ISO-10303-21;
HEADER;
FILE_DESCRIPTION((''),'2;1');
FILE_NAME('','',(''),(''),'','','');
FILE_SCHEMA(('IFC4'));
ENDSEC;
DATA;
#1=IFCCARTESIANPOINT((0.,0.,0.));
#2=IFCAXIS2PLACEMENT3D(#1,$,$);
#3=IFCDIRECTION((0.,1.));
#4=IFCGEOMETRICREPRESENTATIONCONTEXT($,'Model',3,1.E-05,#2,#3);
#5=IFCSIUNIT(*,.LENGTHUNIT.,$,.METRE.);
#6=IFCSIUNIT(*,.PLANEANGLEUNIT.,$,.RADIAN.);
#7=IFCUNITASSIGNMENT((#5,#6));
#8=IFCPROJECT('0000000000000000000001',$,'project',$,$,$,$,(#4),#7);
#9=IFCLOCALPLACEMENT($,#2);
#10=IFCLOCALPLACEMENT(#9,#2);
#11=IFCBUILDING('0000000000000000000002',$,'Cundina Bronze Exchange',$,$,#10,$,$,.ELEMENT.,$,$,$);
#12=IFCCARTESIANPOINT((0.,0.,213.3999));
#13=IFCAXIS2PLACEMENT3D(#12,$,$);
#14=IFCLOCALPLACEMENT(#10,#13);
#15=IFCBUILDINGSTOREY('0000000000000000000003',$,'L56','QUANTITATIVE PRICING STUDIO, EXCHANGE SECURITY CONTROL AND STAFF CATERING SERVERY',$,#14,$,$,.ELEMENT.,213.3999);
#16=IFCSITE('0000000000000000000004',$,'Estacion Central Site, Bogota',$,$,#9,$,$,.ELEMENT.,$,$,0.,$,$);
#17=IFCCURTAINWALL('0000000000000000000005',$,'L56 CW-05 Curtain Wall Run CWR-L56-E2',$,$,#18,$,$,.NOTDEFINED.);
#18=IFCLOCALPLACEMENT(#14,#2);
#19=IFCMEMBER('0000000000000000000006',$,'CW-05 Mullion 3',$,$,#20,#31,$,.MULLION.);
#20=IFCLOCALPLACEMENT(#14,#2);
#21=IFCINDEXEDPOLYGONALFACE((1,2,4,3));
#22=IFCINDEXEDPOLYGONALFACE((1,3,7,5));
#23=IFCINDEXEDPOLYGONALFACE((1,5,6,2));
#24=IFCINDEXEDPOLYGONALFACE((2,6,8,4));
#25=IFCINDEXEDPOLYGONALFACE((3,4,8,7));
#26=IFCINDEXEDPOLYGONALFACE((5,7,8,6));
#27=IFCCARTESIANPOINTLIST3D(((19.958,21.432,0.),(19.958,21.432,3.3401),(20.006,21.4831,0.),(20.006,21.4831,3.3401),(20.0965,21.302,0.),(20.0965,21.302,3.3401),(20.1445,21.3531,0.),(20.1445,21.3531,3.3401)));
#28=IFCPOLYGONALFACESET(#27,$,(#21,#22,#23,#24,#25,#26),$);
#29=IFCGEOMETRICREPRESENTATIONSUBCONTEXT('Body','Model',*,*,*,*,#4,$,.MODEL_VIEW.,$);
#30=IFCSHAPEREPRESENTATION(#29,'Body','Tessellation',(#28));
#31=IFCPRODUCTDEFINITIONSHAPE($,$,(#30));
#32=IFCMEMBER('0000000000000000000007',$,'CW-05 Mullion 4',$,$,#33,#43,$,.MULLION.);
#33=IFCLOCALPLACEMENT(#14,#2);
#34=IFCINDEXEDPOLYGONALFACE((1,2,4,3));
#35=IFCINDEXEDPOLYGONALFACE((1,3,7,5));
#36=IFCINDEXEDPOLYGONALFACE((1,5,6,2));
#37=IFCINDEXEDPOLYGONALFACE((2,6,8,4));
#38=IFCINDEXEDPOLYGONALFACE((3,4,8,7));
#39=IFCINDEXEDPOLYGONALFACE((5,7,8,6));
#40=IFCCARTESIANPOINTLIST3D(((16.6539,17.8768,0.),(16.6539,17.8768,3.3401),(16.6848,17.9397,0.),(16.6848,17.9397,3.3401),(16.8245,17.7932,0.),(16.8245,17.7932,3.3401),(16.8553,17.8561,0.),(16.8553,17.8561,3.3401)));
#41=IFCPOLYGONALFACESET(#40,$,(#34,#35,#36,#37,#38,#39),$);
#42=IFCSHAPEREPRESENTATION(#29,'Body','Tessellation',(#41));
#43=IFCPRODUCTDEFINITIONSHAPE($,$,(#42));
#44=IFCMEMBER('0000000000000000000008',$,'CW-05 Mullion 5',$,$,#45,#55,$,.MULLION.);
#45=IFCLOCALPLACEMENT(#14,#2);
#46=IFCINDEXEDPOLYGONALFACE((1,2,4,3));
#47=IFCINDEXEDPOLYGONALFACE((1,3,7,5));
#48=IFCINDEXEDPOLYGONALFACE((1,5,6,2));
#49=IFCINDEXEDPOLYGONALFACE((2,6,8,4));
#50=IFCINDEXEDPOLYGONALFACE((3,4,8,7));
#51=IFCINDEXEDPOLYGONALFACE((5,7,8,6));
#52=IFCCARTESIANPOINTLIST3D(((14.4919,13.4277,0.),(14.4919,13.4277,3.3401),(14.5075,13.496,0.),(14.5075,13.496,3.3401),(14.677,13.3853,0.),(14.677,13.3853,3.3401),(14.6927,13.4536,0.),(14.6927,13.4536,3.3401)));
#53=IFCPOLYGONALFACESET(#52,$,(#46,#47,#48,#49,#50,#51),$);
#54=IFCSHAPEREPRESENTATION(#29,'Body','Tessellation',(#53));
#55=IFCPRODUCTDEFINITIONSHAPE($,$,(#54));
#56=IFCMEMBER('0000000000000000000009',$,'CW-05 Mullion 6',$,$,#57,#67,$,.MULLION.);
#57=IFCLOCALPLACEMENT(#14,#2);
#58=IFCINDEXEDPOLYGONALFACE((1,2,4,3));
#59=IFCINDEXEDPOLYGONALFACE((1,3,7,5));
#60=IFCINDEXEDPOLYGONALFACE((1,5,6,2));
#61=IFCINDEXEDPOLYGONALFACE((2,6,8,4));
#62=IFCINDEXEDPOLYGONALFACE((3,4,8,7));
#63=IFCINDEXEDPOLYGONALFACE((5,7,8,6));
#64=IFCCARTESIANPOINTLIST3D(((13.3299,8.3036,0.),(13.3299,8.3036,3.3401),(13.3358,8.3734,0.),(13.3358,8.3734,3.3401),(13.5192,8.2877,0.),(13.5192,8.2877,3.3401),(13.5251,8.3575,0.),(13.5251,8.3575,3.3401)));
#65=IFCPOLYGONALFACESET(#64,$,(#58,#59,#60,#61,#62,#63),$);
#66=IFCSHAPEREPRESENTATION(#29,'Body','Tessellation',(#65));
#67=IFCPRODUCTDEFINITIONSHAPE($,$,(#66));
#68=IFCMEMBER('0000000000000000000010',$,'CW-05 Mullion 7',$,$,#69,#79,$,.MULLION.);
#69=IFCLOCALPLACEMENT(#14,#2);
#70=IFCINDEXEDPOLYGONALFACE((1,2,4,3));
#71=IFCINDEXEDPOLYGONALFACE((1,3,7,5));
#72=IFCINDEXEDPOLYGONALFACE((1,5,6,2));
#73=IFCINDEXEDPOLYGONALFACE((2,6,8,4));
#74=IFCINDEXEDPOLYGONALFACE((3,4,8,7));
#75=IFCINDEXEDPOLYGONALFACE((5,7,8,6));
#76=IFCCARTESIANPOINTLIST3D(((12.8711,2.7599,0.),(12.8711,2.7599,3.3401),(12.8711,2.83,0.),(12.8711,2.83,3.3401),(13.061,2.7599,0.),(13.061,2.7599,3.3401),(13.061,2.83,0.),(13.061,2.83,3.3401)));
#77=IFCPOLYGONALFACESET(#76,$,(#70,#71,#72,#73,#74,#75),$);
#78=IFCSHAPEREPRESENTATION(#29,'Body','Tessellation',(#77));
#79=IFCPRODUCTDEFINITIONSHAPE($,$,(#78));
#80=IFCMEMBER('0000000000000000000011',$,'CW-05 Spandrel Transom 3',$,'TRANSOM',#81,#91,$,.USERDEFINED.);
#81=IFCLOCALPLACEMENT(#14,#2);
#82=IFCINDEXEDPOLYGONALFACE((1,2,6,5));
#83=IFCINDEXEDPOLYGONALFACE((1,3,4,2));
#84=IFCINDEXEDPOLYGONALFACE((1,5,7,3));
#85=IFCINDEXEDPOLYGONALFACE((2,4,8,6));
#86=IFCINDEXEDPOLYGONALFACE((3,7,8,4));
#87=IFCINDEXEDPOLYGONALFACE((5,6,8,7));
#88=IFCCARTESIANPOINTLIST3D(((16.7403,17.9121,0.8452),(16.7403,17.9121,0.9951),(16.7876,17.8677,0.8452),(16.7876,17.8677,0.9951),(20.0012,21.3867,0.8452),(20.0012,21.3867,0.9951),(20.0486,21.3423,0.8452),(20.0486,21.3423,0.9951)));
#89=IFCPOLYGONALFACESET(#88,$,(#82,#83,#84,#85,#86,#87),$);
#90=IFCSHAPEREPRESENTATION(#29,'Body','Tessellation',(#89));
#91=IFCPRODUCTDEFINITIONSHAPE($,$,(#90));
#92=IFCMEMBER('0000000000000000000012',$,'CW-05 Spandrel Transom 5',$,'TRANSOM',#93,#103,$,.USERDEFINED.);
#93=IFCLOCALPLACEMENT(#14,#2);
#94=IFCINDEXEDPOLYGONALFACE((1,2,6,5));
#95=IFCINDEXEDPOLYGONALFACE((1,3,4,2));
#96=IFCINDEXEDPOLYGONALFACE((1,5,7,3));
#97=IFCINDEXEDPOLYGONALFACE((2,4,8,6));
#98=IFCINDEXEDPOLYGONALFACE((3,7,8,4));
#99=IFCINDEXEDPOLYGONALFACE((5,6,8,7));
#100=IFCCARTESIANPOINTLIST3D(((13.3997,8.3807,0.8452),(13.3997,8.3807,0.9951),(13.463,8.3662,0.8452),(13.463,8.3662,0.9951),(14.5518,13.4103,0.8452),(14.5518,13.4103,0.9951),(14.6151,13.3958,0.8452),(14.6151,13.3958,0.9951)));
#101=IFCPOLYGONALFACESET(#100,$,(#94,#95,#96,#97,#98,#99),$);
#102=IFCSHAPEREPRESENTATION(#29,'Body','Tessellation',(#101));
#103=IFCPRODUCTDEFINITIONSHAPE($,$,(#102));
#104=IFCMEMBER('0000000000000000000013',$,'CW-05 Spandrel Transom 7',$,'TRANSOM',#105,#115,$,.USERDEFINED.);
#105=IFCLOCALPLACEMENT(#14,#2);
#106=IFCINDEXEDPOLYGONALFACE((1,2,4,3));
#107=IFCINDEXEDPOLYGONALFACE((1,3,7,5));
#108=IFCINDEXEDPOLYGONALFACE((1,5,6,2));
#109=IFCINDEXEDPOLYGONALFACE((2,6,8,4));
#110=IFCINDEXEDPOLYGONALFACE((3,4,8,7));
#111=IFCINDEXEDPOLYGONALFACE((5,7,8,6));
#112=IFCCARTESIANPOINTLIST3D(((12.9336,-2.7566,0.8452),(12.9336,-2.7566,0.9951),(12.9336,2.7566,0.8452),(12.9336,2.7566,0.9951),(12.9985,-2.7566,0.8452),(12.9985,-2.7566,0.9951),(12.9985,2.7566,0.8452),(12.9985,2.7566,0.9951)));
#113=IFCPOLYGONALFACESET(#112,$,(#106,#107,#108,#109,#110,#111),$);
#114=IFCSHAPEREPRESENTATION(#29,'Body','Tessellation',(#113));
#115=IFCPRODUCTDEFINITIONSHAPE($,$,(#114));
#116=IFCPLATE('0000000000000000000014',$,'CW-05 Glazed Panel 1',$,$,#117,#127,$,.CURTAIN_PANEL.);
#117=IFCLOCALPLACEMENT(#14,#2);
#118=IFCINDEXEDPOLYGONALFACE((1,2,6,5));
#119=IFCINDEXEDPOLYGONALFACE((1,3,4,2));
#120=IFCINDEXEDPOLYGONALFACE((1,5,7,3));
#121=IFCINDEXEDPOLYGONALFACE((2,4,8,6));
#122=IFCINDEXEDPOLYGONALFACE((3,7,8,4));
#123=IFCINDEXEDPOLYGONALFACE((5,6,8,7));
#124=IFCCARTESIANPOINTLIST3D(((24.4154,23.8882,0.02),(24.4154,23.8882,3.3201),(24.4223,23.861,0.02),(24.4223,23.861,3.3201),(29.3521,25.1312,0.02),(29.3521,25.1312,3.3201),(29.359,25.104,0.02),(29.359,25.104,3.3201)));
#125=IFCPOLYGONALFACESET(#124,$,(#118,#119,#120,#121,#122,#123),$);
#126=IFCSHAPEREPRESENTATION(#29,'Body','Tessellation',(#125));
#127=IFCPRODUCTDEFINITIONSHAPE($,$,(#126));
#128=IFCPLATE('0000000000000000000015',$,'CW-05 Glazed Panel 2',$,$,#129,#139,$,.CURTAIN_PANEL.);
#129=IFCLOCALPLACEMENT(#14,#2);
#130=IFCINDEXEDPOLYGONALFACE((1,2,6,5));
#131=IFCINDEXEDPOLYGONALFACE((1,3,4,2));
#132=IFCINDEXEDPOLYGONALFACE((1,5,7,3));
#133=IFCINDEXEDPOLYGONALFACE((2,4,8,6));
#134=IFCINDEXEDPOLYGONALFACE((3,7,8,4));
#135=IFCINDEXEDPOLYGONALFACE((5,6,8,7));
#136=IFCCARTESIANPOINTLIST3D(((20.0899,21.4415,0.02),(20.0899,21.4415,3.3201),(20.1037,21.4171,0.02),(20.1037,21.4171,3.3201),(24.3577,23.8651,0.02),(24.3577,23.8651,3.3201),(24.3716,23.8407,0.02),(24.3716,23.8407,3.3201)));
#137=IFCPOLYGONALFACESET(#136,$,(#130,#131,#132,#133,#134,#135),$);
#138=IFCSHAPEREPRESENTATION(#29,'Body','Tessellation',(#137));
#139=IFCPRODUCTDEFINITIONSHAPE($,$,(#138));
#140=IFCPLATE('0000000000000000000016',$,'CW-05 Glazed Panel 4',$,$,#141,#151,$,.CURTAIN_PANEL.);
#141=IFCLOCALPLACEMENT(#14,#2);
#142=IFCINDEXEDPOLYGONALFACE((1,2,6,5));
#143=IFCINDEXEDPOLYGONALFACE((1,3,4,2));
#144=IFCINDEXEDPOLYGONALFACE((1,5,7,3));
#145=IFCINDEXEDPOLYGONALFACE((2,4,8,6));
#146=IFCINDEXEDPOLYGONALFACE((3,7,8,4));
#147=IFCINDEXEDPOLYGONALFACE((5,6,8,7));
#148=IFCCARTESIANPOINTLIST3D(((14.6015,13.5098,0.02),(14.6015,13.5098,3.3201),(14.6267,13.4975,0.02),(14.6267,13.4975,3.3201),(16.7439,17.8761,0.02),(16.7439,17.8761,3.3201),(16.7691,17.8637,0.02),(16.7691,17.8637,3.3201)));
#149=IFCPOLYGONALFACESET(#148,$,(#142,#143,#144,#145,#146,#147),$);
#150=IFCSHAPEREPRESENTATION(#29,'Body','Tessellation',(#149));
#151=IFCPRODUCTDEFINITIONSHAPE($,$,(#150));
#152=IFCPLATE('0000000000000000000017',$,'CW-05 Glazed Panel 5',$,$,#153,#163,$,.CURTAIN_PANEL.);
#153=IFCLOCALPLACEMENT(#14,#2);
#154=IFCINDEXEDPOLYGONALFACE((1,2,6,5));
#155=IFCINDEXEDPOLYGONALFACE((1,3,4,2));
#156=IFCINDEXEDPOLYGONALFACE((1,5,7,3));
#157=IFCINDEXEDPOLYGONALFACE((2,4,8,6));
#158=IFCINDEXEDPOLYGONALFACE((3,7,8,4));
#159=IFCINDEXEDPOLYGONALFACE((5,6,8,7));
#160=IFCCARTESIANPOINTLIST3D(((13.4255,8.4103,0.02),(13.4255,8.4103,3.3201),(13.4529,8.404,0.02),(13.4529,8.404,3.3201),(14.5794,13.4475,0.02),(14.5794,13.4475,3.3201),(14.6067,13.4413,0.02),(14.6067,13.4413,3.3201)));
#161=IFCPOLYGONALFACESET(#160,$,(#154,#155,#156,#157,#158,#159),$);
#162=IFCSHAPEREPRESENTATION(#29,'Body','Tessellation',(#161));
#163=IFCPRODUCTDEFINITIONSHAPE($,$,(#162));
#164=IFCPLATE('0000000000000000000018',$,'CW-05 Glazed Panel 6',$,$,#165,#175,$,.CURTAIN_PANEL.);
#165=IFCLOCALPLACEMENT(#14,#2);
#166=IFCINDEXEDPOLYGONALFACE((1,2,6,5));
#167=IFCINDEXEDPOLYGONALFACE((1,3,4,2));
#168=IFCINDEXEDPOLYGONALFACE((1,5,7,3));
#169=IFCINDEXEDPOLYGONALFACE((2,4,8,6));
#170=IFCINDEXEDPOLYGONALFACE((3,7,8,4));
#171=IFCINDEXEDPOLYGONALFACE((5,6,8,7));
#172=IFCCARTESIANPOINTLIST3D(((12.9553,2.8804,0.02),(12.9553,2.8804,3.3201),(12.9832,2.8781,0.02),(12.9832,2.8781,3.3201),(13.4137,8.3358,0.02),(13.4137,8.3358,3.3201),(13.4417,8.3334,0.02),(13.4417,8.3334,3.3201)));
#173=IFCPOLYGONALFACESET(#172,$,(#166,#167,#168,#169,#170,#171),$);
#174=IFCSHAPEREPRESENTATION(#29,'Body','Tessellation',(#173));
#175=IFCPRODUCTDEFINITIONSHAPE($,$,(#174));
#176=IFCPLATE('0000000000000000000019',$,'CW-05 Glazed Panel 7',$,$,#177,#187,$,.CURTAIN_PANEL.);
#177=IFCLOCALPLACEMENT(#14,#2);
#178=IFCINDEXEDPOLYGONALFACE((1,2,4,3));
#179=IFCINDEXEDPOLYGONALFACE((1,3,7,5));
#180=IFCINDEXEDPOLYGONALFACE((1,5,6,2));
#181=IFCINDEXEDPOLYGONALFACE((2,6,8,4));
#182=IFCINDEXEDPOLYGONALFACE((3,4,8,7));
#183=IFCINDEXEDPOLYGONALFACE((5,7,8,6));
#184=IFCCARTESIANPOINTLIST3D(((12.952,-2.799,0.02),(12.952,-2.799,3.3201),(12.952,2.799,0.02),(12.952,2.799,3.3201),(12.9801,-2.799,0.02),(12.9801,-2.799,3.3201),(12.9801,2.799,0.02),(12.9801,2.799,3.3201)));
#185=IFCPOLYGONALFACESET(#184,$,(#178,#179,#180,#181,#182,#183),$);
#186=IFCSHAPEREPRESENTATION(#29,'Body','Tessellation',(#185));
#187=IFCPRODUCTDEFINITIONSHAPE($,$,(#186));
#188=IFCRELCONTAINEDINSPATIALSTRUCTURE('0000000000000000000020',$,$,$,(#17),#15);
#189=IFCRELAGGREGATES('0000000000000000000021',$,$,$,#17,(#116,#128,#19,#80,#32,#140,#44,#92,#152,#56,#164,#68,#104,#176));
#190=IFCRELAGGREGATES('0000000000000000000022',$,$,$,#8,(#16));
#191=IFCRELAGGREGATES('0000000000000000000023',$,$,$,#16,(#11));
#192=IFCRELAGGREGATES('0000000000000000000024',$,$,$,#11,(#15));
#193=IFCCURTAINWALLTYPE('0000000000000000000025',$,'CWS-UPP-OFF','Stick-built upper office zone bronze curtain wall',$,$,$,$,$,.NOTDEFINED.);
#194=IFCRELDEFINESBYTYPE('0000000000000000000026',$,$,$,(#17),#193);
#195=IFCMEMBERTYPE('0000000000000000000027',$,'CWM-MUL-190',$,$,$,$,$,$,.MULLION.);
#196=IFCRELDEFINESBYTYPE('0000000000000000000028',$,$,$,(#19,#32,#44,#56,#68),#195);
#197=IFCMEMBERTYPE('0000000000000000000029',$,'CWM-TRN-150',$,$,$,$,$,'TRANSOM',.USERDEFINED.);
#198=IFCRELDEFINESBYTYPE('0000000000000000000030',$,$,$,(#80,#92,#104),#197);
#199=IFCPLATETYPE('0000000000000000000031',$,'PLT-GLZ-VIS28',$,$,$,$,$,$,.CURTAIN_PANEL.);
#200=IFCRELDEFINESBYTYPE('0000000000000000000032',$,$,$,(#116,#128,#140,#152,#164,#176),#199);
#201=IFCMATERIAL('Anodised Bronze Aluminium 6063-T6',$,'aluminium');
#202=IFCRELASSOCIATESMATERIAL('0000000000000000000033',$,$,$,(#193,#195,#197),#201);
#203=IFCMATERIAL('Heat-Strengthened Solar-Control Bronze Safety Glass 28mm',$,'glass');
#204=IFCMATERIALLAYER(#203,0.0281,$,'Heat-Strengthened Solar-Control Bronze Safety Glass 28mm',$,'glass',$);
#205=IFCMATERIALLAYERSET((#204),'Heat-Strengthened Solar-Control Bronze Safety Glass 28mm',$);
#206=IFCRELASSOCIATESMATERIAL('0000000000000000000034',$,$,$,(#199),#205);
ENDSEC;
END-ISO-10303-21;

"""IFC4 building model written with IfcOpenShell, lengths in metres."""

from ifc_helpers import new_model, si_unit, direction, frame, origin, origin_2d, place, context, subcontext, project, spatial, rectangle, extrude, material, layer, layer_set, material_profile, profile_set, type_object, element, aggregate, save


model = new_model("IFC4")

# Units and contexts
model_context = context("Model", 3, precision=1e-05, world=origin(), true_north=direction((0.0, 1.0)))
body_context = subcontext(model_context, "Body", "Model", "MODEL_VIEW")
ifc_project = project(units=[si_unit("LENGTHUNIT", "METRE"), si_unit("PLANEANGLEUNIT", "RADIAN")], contexts=[model_context])

# Site, building, storey
site_placement = place(None, origin())
site = spatial("IfcSite", under=ifc_project, at=site_placement, Name="Estacion Central Site, Bogota", CompositionType="ELEMENT", RefElevation=0.0)
building_placement = place(site_placement, origin())
building = spatial("IfcBuilding", under=site, at=building_placement, Name="Cundina Bronze Exchange", CompositionType="ELEMENT")
storey_placement = place(building_placement, frame((0.0, 0.0, 213.3999)))
storey = spatial("IfcBuildingStorey", under=building, at=storey_placement, Name="L56", Description="QUANTITATIVE PRICING STUDIO, EXCHANGE SECURITY CONTROL AND STAFF CATERING SERVERY", CompositionType="ELEMENT", Elevation=213.3999)

# Curtain wall, members, plates
ifc_material_1 = material(Name="Anodised Bronze Aluminium 6063-T6", Category="aluminium")
curtain_wall_type = type_object("IfcCurtainWallType", Name="CWS-UPP-OFF", Description="Stick-built upper office zone bronze curtain wall", PredefinedType="NOTDEFINED", material=ifc_material_1)
curtain_wall_placement = place(storey_placement, origin())
curtain_wall = element("IfcCurtainWall", 1, at=curtain_wall_placement, inside=storey, type_object=curtain_wall_type, Name="L56 CW-05 Curtain Wall Run CWR-L56-E2", PredefinedType="NOTDEFINED")
ifc_material_profile_1 = material_profile(ifc_material_1, rectangle(XDim=0.0701, YDim=0.1899, at=origin_2d()), Name="AL70X190", Category="aluminium")
ifc_profile_set_1 = profile_set([ifc_material_profile_1], Name="Anodised Bronze Aluminium 6063-T6")
member_type_1 = type_object("IfcMemberType", Name="CWM-MUL-190", PredefinedType="MULLION", material=ifc_profile_set_1)
member_1_placement = place(storey_placement, frame((20.0513, 21.3926, 0.0), z_axis=(0.0, 0.0, 1.0), x_axis=(-0.684293, -0.729208, 0.0)))
member_1 = element("IfcMember", 2, at=member_1_placement, type_object=member_type_1, Name="CW-05 Mullion 3", PredefinedType="MULLION", context=body_context, shape_type="SweptSolid", body=[
    extrude(rectangle(XDim=0.0701, YDim=0.1899, at=origin_2d()), origin(), (0.0, 0.0, 1.0), 3.3401),
])
member_2_placement = place(storey_placement, frame((16.7546, 17.8665, 0.0), z_axis=(0.0, 0.0, 1.0), x_axis=(-0.440566, -0.89772, 0.0)))
member_2 = element("IfcMember", 3, at=member_2_placement, type_object=member_type_1, Name="CW-05 Mullion 4", PredefinedType="MULLION", context=body_context, shape_type="SweptSolid", body=[
    extrude(rectangle(XDim=0.0701, YDim=0.1899, at=origin_2d()), origin(), (0.0, 0.0, 1.0), 3.3401),
])
member_3_placement = place(storey_placement, frame((14.5923, 13.4407, 0.0), z_axis=(0.0, 0.0, 1.0), x_axis=(-0.22325, -0.974761, 0.0)))
member_3 = element("IfcMember", 4, at=member_3_placement, type_object=member_type_1, Name="CW-05 Mullion 5", PredefinedType="MULLION", context=body_context, shape_type="SweptSolid", body=[
    extrude(rectangle(XDim=0.0701, YDim=0.1899, at=origin_2d()), origin(), (0.0, 0.0, 1.0), 3.3401),
])
member_4_placement = place(storey_placement, frame((13.4275, 8.3306, 0.0), z_axis=(0.0, 0.0, 1.0), x_axis=(-0.083678, -0.996493, 0.0)))
member_4 = element("IfcMember", 5, at=member_4_placement, type_object=member_type_1, Name="CW-05 Mullion 6", PredefinedType="MULLION", context=body_context, shape_type="SweptSolid", body=[
    extrude(rectangle(XDim=0.0701, YDim=0.1899, at=origin_2d()), origin(), (0.0, 0.0, 1.0), 3.3401),
])
member_5_placement = place(storey_placement, frame((12.9661, 2.7949, 0.0), z_axis=(0.0, 0.0, 1.0), x_axis=(0.0, -1.0, 0.0)))
member_5 = element("IfcMember", 6, at=member_5_placement, type_object=member_type_1, Name="CW-05 Mullion 7", PredefinedType="MULLION", context=body_context, shape_type="SweptSolid", body=[
    extrude(rectangle(XDim=0.0701, YDim=0.1899, at=origin_2d()), origin(), (0.0, 0.0, 1.0), 3.3401),
])
ifc_material_profile_2 = material_profile(ifc_material_1, rectangle(XDim=0.0649, YDim=0.1499, at=origin_2d()), Name="AL65X150", Category="aluminium")
ifc_profile_set_2 = profile_set([ifc_material_profile_2], Name="Anodised Bronze Aluminium 6063-T6")
member_type_2 = type_object("IfcMemberType", Name="CWM-TRN-150", ElementType="TRANSOM", PredefinedType="USERDEFINED", material=ifc_profile_set_2)
member_6_placement = place(storey_placement, frame((20.0249, 21.3645, 0.9202), z_axis=(-0.684336, -0.729166, 0.0), x_axis=(0.729166, -0.684336, 0.0)))
member_6 = element("IfcMember", 7, at=member_6_placement, type_object=member_type_2, Name="CW-05 Spandrel Transom 3", ObjectType="TRANSOM", PredefinedType="USERDEFINED", context=body_context, shape_type="SweptSolid", body=[
    extrude(rectangle(XDim=0.0649, YDim=0.1499, at=origin_2d()), origin(), (0.0, 0.0, 1.0), 4.7651),
])
member_7_placement = place(storey_placement, frame((14.5835, 13.4031, 0.9202), z_axis=(-0.223283, -0.974754, 0.0), x_axis=(0.974754, -0.223283, 0.0)))
member_7 = element("IfcMember", 8, at=member_7_placement, type_object=member_type_2, Name="CW-05 Spandrel Transom 5", ObjectType="TRANSOM", PredefinedType="USERDEFINED", context=body_context, shape_type="SweptSolid", body=[
    extrude(rectangle(XDim=0.0649, YDim=0.1499, at=origin_2d()), origin(), (0.0, 0.0, 1.0), 5.1599),
])
member_8_placement = place(storey_placement, frame((12.9661, 2.7566, 0.9202), z_axis=(0.0, -1.0, 0.0), x_axis=(1.0, 0.0, 0.0)))
member_8 = element("IfcMember", 9, at=member_8_placement, type_object=member_type_2, Name="CW-05 Spandrel Transom 7", ObjectType="TRANSOM", PredefinedType="USERDEFINED", context=body_context, shape_type="SweptSolid", body=[
    extrude(rectangle(XDim=0.0649, YDim=0.1499, at=origin_2d()), origin(), (0.0, 0.0, 1.0), 5.5132),
])
ifc_material_2 = material(Name="Heat-Strengthened Solar-Control Bronze Safety Glass 28mm", Category="glass")
ifc_layer_1 = layer(ifc_material_2, 0.0281, Name="Heat-Strengthened Solar-Control Bronze Safety Glass 28mm", Category="glass")
ifc_layer_set_1 = layer_set([ifc_layer_1], Name="Heat-Strengthened Solar-Control Bronze Safety Glass 28mm")
plate_type_1 = type_object("IfcPlateType", Name="PLT-GLZ-VIS28", PredefinedType="CURTAIN_PANEL", material=ifc_layer_set_1)
plate_1_placement = place(storey_placement, frame((26.8872, 24.4961, 0.02), z_axis=(0.0, 0.0, 1.0), x_axis=(-0.969732, -0.244174, 0.0)))
plate_1 = element("IfcPlate", 10, at=plate_1_placement, type_object=plate_type_1, Name="CW-05 Glazed Panel 1", PredefinedType="CURTAIN_PANEL", context=body_context, shape_type="SweptSolid", body=[
    extrude(rectangle(XDim=5.0908, YDim=0.0281, at=origin_2d()), origin(), (0.0, 0.0, 1.0), 3.3),
])
plate_2_placement = place(storey_placement, frame((22.2307, 22.6411, 0.02), z_axis=(0.0, 0.0, 1.0), x_axis=(-0.869573, -0.493805, 0.0)))
plate_2 = element("IfcPlate", 11, at=plate_2_placement, type_object=plate_type_1, Name="CW-05 Glazed Panel 2", PredefinedType="CURTAIN_PANEL", context=body_context, shape_type="SweptSolid", body=[
    extrude(rectangle(XDim=4.908, YDim=0.0281, at=origin_2d()), origin(), (0.0, 0.0, 1.0), 3.3),
])
plate_3_placement = place(storey_placement, frame((15.6853, 15.6868, 0.02), z_axis=(0.0, 0.0, 1.0), x_axis=(-0.440503, -0.897751, 0.0)))
plate_3 = element("IfcPlate", 12, at=plate_3_placement, type_object=plate_type_1, Name="CW-05 Glazed Panel 4", PredefinedType="CURTAIN_PANEL", context=body_context, shape_type="SweptSolid", body=[
    extrude(rectangle(XDim=4.8635, YDim=0.0281, at=origin_2d()), origin(), (0.0, 0.0, 1.0), 3.3),
])
plate_4_placement = place(storey_placement, frame((14.0161, 10.9258, 0.02), z_axis=(0.0, 0.0, 1.0), x_axis=(-0.223284, -0.974753, 0.0)))
plate_4 = element("IfcPlate", 13, at=plate_4_placement, type_object=plate_type_1, Name="CW-05 Glazed Panel 5", PredefinedType="CURTAIN_PANEL", context=body_context, shape_type="SweptSolid", body=[
    extrude(rectangle(XDim=5.1677, YDim=0.0281, at=origin_2d()), origin(), (0.0, 0.0, 1.0), 3.3),
])
plate_5_placement = place(storey_placement, frame((13.1985, 5.6069, 0.02), z_axis=(0.0, 0.0, 1.0), x_axis=(-0.083747, -0.996487, 0.0)))
plate_5 = element("IfcPlate", 14, at=plate_5_placement, type_object=plate_type_1, Name="CW-05 Glazed Panel 6", PredefinedType="CURTAIN_PANEL", context=body_context, shape_type="SweptSolid", body=[
    extrude(rectangle(XDim=5.4746, YDim=0.0281, at=origin_2d()), origin(), (0.0, 0.0, 1.0), 3.3),
])
plate_6_placement = place(storey_placement, frame((12.9661, 0.0, 0.02), z_axis=(0.0, 0.0, 1.0), x_axis=(0.0, -1.0, 0.0)))
plate_6 = element("IfcPlate", 15, at=plate_6_placement, type_object=plate_type_1, Name="CW-05 Glazed Panel 7", PredefinedType="CURTAIN_PANEL", context=body_context, shape_type="SweptSolid", body=[
    extrude(rectangle(XDim=5.5979, YDim=0.0281, at=origin_2d()), origin(), (0.0, 0.0, 1.0), 3.3),
])
aggregate(curtain_wall, [plate_1, plate_2, member_1, member_6, member_2, plate_3, member_3, member_7, plate_4, member_4, plate_5, member_5, member_8, plate_6])

save(model, "model.ifc")
